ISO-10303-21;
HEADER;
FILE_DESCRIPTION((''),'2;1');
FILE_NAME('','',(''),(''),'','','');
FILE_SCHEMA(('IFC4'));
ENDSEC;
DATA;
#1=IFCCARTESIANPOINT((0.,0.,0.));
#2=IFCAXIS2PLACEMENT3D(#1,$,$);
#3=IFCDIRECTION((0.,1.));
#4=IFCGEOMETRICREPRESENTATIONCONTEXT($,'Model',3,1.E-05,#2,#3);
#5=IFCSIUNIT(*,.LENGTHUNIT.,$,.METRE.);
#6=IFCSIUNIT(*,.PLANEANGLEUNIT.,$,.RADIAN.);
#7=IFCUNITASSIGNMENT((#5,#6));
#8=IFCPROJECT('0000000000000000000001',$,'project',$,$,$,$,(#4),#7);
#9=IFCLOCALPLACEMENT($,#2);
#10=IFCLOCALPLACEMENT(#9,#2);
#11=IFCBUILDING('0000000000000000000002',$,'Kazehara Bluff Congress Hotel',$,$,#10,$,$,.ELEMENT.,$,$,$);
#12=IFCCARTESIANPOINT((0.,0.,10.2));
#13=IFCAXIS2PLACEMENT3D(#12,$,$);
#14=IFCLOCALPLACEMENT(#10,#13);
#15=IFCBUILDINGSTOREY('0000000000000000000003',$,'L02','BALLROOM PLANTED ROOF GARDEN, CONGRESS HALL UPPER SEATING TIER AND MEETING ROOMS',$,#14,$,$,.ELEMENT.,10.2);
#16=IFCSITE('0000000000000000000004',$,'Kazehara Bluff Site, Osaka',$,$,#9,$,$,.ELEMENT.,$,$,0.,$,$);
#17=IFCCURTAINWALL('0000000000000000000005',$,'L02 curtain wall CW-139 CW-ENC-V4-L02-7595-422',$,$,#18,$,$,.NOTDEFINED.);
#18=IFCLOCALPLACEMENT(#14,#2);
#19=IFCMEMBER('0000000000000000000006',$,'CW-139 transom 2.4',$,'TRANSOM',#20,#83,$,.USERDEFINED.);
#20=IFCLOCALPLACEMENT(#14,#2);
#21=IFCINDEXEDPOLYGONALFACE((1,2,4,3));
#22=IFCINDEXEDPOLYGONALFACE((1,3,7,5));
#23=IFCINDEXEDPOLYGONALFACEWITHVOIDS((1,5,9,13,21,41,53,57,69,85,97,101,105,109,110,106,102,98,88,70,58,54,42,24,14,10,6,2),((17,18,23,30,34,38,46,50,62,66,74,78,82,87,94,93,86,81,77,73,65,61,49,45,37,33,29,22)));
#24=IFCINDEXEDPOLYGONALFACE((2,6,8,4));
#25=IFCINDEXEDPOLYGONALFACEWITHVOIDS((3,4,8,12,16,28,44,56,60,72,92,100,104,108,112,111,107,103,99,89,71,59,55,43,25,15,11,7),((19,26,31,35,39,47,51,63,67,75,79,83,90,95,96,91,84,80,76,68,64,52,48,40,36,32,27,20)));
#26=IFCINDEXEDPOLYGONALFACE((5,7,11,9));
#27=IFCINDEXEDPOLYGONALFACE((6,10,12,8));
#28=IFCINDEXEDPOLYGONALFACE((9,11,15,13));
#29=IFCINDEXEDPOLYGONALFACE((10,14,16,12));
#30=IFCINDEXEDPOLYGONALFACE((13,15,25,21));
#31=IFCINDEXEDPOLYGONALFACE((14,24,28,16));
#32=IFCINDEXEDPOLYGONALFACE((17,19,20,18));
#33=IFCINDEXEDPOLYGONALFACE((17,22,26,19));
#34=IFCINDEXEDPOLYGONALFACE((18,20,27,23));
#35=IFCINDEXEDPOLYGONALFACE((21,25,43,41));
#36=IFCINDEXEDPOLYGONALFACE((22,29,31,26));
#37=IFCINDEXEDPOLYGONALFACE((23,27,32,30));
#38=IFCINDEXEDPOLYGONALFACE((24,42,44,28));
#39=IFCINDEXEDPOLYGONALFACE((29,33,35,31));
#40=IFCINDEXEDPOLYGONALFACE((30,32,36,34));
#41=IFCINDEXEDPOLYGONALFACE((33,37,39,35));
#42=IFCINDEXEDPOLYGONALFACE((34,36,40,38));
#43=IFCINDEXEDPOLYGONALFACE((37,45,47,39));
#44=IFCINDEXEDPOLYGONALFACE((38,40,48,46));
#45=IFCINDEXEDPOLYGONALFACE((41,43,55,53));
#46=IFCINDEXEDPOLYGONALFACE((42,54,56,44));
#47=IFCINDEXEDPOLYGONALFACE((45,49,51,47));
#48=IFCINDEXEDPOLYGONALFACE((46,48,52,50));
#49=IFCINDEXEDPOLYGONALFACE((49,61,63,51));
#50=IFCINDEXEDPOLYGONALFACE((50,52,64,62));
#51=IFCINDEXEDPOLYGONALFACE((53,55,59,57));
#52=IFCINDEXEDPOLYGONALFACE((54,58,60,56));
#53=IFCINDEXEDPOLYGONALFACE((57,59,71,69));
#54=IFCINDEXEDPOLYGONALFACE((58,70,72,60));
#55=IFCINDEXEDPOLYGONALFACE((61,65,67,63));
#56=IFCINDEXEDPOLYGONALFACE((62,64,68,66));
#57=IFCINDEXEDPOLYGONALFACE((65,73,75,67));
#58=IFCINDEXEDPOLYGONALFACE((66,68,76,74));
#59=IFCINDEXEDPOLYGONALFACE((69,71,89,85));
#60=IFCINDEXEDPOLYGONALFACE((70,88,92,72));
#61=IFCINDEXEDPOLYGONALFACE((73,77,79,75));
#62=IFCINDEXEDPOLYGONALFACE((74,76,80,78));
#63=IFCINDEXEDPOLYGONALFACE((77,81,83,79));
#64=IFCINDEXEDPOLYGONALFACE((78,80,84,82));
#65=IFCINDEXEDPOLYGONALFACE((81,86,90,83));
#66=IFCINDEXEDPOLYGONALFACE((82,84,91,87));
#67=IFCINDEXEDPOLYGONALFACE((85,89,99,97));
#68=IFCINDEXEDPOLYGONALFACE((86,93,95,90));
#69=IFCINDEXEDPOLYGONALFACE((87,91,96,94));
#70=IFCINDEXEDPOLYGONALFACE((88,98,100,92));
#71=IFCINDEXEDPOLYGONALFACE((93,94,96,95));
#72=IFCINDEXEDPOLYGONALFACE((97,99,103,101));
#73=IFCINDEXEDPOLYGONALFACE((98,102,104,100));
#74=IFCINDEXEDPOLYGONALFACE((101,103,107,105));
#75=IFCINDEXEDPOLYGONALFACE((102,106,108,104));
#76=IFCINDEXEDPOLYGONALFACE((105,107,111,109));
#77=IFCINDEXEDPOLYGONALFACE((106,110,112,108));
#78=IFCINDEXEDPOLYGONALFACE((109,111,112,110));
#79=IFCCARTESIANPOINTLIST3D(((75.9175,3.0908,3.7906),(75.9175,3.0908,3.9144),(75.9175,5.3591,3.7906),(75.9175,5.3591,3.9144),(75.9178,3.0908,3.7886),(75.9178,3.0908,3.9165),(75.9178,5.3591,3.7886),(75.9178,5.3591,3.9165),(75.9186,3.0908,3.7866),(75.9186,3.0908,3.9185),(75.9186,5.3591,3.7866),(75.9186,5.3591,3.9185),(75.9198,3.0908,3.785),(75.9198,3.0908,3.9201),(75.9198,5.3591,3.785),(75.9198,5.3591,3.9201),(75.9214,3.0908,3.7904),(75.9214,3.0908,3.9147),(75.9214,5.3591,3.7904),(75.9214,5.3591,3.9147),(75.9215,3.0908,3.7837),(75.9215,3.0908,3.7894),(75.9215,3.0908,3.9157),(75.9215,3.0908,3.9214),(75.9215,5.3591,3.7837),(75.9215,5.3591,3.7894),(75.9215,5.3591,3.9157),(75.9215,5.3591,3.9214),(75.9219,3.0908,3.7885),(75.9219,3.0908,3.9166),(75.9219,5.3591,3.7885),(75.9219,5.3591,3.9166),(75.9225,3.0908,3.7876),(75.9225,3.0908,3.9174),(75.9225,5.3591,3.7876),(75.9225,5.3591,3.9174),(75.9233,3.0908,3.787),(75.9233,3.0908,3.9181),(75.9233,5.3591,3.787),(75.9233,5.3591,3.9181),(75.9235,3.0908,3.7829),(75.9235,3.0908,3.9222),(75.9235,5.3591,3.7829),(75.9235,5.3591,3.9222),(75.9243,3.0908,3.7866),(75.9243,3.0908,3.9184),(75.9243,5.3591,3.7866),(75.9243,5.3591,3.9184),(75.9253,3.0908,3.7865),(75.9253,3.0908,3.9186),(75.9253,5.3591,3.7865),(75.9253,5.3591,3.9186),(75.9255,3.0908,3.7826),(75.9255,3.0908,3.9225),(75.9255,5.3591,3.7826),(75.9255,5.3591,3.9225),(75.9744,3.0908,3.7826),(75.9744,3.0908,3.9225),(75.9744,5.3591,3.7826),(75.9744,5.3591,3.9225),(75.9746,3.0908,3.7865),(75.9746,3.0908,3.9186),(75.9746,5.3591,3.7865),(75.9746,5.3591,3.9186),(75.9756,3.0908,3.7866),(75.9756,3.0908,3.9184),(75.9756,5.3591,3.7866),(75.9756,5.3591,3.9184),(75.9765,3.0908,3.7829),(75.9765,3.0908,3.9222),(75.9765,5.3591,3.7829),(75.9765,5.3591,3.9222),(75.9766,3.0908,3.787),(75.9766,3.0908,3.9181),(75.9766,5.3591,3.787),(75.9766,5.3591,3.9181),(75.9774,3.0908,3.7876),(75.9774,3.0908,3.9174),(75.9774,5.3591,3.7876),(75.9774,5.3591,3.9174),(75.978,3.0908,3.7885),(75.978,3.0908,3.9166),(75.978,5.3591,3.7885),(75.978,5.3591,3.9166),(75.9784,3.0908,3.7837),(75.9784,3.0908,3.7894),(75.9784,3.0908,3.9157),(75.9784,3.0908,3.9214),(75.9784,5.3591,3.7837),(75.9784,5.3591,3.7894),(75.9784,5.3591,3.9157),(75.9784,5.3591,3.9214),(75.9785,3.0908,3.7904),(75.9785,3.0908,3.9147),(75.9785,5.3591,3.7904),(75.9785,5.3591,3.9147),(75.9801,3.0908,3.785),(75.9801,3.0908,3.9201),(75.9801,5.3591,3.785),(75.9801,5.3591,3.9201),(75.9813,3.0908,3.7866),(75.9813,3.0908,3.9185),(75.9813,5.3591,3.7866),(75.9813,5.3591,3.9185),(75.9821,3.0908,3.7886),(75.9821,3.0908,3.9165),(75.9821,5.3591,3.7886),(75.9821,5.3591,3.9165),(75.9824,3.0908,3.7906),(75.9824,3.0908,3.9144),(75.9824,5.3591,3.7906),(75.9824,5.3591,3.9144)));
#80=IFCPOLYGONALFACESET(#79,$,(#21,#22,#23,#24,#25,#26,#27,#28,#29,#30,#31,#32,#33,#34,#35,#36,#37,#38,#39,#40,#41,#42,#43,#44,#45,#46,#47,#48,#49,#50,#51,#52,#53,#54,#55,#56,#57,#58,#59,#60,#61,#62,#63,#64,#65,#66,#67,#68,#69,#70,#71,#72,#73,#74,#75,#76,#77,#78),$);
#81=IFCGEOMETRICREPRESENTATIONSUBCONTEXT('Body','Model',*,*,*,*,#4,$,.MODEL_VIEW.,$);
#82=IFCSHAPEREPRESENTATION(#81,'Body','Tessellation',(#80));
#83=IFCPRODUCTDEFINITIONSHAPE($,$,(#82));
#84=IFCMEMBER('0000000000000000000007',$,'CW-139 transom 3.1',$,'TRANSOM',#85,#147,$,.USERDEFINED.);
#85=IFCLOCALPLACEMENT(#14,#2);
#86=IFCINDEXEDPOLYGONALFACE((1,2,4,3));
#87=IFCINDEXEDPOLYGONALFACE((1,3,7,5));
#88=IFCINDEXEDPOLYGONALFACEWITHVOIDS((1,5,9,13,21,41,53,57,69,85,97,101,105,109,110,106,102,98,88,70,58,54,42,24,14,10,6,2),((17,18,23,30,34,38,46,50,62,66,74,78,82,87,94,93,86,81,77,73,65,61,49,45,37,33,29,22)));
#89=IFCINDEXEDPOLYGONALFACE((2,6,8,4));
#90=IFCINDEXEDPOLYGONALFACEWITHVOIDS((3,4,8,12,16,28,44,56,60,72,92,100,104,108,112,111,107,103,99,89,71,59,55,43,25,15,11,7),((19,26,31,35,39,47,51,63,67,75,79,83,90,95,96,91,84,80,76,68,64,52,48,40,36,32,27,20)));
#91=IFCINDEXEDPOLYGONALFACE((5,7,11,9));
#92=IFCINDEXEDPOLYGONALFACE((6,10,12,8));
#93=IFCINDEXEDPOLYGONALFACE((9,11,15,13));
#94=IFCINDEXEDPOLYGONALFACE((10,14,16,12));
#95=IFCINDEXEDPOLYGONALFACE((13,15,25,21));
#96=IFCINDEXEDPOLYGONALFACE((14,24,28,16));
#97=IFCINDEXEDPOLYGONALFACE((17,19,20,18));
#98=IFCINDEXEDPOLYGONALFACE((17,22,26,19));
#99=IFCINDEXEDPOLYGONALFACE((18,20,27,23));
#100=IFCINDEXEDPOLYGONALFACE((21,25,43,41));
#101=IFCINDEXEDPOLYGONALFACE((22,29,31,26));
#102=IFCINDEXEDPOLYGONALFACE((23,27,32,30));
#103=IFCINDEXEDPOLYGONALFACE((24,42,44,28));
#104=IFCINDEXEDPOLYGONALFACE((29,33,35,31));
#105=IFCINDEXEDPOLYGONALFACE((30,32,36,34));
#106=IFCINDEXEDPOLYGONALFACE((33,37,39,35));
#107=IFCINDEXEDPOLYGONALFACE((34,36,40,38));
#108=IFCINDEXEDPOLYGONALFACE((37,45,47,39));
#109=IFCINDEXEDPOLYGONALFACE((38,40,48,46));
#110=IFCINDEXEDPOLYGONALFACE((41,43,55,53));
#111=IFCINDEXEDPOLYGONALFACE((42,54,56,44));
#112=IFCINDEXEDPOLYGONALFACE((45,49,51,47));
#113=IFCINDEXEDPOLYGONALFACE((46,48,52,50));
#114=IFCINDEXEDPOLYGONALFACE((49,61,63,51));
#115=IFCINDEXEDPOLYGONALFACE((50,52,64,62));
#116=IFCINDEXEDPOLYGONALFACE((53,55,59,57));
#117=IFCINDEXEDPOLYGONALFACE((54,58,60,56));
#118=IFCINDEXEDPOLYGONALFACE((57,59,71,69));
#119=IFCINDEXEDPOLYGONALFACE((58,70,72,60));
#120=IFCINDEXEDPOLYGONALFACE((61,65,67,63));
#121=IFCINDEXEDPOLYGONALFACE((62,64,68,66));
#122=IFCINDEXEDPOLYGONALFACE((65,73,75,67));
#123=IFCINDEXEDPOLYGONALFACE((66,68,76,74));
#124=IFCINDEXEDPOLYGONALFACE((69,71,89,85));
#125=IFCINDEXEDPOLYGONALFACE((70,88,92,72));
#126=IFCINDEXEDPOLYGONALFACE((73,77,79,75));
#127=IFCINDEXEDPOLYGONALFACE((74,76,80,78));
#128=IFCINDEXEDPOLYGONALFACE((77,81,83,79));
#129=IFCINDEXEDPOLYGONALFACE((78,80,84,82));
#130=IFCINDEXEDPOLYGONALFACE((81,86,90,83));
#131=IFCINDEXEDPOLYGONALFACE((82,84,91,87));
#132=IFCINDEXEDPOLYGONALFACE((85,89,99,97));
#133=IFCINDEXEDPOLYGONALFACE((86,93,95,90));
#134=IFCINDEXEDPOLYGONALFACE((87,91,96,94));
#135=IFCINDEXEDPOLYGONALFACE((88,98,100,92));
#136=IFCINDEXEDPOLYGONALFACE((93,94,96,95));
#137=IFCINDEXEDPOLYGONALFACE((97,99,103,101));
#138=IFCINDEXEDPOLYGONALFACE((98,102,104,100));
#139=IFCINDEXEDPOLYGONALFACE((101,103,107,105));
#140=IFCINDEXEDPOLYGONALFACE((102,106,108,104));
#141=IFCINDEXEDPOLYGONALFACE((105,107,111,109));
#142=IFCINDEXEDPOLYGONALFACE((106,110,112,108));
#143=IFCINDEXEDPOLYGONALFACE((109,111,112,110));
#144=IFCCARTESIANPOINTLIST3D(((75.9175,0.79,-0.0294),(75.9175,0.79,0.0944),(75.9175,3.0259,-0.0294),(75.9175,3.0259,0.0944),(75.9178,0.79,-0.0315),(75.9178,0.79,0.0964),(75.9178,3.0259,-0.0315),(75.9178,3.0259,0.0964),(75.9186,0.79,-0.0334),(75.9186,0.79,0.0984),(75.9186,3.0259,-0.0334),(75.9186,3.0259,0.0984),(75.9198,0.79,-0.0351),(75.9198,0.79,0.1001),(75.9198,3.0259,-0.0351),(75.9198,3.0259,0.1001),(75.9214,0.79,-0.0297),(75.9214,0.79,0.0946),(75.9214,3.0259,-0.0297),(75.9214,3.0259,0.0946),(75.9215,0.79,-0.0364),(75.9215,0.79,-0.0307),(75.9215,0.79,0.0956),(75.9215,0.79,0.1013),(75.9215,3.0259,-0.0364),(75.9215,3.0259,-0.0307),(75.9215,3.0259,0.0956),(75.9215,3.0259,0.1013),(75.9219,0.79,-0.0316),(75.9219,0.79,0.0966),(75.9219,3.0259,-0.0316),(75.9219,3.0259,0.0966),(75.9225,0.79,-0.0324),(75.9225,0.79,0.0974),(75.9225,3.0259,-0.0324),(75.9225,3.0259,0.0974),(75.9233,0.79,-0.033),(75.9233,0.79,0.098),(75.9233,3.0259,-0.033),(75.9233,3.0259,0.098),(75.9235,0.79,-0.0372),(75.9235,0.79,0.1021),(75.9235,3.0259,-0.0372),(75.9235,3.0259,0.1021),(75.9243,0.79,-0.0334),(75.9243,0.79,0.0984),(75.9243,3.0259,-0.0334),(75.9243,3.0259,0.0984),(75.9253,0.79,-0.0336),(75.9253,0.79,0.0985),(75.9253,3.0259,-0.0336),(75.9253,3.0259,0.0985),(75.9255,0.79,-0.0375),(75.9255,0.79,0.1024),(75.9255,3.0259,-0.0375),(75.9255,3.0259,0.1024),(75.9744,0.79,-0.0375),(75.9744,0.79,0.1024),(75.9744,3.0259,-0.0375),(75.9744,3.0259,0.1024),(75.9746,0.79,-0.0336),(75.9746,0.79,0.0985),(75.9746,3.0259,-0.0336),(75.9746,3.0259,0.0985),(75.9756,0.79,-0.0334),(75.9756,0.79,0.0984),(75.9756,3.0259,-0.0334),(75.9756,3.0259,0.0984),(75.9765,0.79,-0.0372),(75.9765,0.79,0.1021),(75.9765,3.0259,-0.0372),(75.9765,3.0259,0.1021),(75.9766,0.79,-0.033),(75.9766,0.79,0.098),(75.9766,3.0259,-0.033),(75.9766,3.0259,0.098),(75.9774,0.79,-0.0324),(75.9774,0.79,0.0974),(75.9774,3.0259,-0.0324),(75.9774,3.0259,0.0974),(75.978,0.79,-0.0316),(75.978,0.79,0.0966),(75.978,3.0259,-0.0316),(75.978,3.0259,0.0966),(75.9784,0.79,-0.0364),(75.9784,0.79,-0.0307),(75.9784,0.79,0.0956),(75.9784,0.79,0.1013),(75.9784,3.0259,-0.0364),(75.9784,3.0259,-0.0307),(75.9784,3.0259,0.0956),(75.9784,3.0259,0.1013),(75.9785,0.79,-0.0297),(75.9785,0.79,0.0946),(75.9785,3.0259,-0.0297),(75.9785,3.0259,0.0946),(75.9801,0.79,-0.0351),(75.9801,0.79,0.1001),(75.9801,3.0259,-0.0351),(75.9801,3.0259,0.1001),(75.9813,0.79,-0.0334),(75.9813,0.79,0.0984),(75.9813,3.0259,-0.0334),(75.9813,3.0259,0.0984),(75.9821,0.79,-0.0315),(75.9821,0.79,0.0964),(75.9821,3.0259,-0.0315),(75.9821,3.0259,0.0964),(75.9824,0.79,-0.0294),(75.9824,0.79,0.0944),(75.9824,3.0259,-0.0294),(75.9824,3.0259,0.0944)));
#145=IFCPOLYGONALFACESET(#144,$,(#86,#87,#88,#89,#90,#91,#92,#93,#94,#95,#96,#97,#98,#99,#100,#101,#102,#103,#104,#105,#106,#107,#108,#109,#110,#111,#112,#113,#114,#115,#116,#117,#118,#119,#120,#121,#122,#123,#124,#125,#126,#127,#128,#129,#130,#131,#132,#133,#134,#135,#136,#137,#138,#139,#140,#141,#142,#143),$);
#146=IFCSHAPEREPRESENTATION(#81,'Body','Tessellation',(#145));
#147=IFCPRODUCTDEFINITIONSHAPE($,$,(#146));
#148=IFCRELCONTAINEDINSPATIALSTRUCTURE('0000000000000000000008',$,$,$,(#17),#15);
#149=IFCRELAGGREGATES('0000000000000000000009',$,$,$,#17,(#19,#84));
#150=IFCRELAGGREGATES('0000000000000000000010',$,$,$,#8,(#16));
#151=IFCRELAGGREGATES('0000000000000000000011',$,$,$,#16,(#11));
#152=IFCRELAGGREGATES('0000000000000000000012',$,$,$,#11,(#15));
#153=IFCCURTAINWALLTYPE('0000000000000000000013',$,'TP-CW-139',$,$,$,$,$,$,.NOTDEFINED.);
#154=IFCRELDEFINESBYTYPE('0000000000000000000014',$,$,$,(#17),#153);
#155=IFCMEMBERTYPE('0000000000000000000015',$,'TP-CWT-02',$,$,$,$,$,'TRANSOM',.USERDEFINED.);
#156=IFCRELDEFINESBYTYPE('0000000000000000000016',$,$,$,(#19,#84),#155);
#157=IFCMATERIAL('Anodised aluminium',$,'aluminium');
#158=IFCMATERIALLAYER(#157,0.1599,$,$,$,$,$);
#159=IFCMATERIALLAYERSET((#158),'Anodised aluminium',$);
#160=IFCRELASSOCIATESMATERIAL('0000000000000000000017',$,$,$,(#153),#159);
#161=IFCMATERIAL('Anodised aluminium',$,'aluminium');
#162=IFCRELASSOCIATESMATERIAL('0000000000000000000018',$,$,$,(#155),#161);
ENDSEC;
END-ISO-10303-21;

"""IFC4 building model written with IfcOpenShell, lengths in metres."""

from ifc_helpers import new_model, si_unit, direction, frame, origin, origin_2d, place, context, subcontext, project, spatial, hollow_rectangle, extrude, material, layer, layer_set, material_profile, profile_set, type_object, element, aggregate, save


model = new_model("IFC4")

# Units and contexts
model_context = context("Model", 3, precision=1e-05, world=origin(), true_north=direction((0.0, 1.0)))
body_context = subcontext(model_context, "Body", "Model", "MODEL_VIEW")
ifc_project = project(units=[si_unit("LENGTHUNIT", "METRE"), si_unit("PLANEANGLEUNIT", "RADIAN")], contexts=[model_context])

# Site, building, storey
site_placement = place(None, origin())
site = spatial("IfcSite", under=ifc_project, at=site_placement, Name="Kazehara Bluff Site, Osaka", CompositionType="ELEMENT", RefElevation=0.0)
building_placement = place(site_placement, origin())
building = spatial("IfcBuilding", under=site, at=building_placement, Name="Kazehara Bluff Congress Hotel", CompositionType="ELEMENT")
storey_placement = place(building_placement, frame((0.0, 0.0, 10.2)))
storey = spatial("IfcBuildingStorey", under=building, at=storey_placement, Name="L02", Description="BALLROOM PLANTED ROOF GARDEN, CONGRESS HALL UPPER SEATING TIER AND MEETING ROOMS", CompositionType="ELEMENT", Elevation=10.2)

# Curtain wall, members
ifc_material_1 = material(Name="Anodised aluminium", Category="aluminium")
ifc_layer_1 = layer(ifc_material_1, 0.1599)
ifc_layer_set_1 = layer_set([ifc_layer_1], Name="Anodised aluminium")
curtain_wall_type = type_object("IfcCurtainWallType", Name="TP-CW-139", PredefinedType="NOTDEFINED", material=ifc_layer_set_1)
curtain_wall_placement = place(storey_placement, origin())
curtain_wall = element("IfcCurtainWall", 1, at=curtain_wall_placement, inside=storey, type_object=curtain_wall_type, Name="L02 curtain wall CW-139 CW-ENC-V4-L02-7595-422", PredefinedType="NOTDEFINED")
ifc_material_2 = material(Name="Anodised aluminium", Category="aluminium")
ifc_material_profile_1 = material_profile(ifc_material_2, hollow_rectangle(XDim=0.0649, YDim=0.1399, WallThickness=0.0039, InnerFilletRadius=0.0039, OuterFilletRadius=0.0081, at=origin_2d()))
ifc_profile_set_1 = profile_set([ifc_material_profile_1], Name="Anodised aluminium")
member_type_1 = type_object("IfcMemberType", Name="TP-CWT-02", ElementType="TRANSOM", PredefinedType="USERDEFINED", material=ifc_profile_set_1)
member_1_placement = place(storey_placement, frame((75.95, 5.3591, 3.8525), z_axis=(0.0, -1.0, 0.0), x_axis=(1.0, 0.0, 0.0)))
member_1 = element("IfcMember", 2, at=member_1_placement, type_object=member_type_1, Name="CW-139 transom 2.4", ObjectType="TRANSOM", PredefinedType="USERDEFINED", context=body_context, shape_type="SweptSolid", body=[
    extrude(hollow_rectangle(XDim=0.0649, YDim=0.1399, WallThickness=0.0039, InnerFilletRadius=0.0039, OuterFilletRadius=0.0081, at=origin_2d()), origin(), (0.0, 0.0, 1.0), 2.2683),
])
member_2_placement = place(storey_placement, frame((75.95, 3.0259, 0.0325), z_axis=(0.0, -1.0, 0.0), x_axis=(1.0, 0.0, 0.0)))
member_2 = element("IfcMember", 3, at=member_2_placement, type_object=member_type_1, Name="CW-139 transom 3.1", ObjectType="TRANSOM", PredefinedType="USERDEFINED", context=body_context, shape_type="SweptSolid", body=[
    extrude(hollow_rectangle(XDim=0.0649, YDim=0.1399, WallThickness=0.0039, InnerFilletRadius=0.0039, OuterFilletRadius=0.0081, at=origin_2d()), origin(), (0.0, 0.0, 1.0), 2.2358),
])

aggregate(curtain_wall, [member_1, member_2])

save(model, "model.ifc")
